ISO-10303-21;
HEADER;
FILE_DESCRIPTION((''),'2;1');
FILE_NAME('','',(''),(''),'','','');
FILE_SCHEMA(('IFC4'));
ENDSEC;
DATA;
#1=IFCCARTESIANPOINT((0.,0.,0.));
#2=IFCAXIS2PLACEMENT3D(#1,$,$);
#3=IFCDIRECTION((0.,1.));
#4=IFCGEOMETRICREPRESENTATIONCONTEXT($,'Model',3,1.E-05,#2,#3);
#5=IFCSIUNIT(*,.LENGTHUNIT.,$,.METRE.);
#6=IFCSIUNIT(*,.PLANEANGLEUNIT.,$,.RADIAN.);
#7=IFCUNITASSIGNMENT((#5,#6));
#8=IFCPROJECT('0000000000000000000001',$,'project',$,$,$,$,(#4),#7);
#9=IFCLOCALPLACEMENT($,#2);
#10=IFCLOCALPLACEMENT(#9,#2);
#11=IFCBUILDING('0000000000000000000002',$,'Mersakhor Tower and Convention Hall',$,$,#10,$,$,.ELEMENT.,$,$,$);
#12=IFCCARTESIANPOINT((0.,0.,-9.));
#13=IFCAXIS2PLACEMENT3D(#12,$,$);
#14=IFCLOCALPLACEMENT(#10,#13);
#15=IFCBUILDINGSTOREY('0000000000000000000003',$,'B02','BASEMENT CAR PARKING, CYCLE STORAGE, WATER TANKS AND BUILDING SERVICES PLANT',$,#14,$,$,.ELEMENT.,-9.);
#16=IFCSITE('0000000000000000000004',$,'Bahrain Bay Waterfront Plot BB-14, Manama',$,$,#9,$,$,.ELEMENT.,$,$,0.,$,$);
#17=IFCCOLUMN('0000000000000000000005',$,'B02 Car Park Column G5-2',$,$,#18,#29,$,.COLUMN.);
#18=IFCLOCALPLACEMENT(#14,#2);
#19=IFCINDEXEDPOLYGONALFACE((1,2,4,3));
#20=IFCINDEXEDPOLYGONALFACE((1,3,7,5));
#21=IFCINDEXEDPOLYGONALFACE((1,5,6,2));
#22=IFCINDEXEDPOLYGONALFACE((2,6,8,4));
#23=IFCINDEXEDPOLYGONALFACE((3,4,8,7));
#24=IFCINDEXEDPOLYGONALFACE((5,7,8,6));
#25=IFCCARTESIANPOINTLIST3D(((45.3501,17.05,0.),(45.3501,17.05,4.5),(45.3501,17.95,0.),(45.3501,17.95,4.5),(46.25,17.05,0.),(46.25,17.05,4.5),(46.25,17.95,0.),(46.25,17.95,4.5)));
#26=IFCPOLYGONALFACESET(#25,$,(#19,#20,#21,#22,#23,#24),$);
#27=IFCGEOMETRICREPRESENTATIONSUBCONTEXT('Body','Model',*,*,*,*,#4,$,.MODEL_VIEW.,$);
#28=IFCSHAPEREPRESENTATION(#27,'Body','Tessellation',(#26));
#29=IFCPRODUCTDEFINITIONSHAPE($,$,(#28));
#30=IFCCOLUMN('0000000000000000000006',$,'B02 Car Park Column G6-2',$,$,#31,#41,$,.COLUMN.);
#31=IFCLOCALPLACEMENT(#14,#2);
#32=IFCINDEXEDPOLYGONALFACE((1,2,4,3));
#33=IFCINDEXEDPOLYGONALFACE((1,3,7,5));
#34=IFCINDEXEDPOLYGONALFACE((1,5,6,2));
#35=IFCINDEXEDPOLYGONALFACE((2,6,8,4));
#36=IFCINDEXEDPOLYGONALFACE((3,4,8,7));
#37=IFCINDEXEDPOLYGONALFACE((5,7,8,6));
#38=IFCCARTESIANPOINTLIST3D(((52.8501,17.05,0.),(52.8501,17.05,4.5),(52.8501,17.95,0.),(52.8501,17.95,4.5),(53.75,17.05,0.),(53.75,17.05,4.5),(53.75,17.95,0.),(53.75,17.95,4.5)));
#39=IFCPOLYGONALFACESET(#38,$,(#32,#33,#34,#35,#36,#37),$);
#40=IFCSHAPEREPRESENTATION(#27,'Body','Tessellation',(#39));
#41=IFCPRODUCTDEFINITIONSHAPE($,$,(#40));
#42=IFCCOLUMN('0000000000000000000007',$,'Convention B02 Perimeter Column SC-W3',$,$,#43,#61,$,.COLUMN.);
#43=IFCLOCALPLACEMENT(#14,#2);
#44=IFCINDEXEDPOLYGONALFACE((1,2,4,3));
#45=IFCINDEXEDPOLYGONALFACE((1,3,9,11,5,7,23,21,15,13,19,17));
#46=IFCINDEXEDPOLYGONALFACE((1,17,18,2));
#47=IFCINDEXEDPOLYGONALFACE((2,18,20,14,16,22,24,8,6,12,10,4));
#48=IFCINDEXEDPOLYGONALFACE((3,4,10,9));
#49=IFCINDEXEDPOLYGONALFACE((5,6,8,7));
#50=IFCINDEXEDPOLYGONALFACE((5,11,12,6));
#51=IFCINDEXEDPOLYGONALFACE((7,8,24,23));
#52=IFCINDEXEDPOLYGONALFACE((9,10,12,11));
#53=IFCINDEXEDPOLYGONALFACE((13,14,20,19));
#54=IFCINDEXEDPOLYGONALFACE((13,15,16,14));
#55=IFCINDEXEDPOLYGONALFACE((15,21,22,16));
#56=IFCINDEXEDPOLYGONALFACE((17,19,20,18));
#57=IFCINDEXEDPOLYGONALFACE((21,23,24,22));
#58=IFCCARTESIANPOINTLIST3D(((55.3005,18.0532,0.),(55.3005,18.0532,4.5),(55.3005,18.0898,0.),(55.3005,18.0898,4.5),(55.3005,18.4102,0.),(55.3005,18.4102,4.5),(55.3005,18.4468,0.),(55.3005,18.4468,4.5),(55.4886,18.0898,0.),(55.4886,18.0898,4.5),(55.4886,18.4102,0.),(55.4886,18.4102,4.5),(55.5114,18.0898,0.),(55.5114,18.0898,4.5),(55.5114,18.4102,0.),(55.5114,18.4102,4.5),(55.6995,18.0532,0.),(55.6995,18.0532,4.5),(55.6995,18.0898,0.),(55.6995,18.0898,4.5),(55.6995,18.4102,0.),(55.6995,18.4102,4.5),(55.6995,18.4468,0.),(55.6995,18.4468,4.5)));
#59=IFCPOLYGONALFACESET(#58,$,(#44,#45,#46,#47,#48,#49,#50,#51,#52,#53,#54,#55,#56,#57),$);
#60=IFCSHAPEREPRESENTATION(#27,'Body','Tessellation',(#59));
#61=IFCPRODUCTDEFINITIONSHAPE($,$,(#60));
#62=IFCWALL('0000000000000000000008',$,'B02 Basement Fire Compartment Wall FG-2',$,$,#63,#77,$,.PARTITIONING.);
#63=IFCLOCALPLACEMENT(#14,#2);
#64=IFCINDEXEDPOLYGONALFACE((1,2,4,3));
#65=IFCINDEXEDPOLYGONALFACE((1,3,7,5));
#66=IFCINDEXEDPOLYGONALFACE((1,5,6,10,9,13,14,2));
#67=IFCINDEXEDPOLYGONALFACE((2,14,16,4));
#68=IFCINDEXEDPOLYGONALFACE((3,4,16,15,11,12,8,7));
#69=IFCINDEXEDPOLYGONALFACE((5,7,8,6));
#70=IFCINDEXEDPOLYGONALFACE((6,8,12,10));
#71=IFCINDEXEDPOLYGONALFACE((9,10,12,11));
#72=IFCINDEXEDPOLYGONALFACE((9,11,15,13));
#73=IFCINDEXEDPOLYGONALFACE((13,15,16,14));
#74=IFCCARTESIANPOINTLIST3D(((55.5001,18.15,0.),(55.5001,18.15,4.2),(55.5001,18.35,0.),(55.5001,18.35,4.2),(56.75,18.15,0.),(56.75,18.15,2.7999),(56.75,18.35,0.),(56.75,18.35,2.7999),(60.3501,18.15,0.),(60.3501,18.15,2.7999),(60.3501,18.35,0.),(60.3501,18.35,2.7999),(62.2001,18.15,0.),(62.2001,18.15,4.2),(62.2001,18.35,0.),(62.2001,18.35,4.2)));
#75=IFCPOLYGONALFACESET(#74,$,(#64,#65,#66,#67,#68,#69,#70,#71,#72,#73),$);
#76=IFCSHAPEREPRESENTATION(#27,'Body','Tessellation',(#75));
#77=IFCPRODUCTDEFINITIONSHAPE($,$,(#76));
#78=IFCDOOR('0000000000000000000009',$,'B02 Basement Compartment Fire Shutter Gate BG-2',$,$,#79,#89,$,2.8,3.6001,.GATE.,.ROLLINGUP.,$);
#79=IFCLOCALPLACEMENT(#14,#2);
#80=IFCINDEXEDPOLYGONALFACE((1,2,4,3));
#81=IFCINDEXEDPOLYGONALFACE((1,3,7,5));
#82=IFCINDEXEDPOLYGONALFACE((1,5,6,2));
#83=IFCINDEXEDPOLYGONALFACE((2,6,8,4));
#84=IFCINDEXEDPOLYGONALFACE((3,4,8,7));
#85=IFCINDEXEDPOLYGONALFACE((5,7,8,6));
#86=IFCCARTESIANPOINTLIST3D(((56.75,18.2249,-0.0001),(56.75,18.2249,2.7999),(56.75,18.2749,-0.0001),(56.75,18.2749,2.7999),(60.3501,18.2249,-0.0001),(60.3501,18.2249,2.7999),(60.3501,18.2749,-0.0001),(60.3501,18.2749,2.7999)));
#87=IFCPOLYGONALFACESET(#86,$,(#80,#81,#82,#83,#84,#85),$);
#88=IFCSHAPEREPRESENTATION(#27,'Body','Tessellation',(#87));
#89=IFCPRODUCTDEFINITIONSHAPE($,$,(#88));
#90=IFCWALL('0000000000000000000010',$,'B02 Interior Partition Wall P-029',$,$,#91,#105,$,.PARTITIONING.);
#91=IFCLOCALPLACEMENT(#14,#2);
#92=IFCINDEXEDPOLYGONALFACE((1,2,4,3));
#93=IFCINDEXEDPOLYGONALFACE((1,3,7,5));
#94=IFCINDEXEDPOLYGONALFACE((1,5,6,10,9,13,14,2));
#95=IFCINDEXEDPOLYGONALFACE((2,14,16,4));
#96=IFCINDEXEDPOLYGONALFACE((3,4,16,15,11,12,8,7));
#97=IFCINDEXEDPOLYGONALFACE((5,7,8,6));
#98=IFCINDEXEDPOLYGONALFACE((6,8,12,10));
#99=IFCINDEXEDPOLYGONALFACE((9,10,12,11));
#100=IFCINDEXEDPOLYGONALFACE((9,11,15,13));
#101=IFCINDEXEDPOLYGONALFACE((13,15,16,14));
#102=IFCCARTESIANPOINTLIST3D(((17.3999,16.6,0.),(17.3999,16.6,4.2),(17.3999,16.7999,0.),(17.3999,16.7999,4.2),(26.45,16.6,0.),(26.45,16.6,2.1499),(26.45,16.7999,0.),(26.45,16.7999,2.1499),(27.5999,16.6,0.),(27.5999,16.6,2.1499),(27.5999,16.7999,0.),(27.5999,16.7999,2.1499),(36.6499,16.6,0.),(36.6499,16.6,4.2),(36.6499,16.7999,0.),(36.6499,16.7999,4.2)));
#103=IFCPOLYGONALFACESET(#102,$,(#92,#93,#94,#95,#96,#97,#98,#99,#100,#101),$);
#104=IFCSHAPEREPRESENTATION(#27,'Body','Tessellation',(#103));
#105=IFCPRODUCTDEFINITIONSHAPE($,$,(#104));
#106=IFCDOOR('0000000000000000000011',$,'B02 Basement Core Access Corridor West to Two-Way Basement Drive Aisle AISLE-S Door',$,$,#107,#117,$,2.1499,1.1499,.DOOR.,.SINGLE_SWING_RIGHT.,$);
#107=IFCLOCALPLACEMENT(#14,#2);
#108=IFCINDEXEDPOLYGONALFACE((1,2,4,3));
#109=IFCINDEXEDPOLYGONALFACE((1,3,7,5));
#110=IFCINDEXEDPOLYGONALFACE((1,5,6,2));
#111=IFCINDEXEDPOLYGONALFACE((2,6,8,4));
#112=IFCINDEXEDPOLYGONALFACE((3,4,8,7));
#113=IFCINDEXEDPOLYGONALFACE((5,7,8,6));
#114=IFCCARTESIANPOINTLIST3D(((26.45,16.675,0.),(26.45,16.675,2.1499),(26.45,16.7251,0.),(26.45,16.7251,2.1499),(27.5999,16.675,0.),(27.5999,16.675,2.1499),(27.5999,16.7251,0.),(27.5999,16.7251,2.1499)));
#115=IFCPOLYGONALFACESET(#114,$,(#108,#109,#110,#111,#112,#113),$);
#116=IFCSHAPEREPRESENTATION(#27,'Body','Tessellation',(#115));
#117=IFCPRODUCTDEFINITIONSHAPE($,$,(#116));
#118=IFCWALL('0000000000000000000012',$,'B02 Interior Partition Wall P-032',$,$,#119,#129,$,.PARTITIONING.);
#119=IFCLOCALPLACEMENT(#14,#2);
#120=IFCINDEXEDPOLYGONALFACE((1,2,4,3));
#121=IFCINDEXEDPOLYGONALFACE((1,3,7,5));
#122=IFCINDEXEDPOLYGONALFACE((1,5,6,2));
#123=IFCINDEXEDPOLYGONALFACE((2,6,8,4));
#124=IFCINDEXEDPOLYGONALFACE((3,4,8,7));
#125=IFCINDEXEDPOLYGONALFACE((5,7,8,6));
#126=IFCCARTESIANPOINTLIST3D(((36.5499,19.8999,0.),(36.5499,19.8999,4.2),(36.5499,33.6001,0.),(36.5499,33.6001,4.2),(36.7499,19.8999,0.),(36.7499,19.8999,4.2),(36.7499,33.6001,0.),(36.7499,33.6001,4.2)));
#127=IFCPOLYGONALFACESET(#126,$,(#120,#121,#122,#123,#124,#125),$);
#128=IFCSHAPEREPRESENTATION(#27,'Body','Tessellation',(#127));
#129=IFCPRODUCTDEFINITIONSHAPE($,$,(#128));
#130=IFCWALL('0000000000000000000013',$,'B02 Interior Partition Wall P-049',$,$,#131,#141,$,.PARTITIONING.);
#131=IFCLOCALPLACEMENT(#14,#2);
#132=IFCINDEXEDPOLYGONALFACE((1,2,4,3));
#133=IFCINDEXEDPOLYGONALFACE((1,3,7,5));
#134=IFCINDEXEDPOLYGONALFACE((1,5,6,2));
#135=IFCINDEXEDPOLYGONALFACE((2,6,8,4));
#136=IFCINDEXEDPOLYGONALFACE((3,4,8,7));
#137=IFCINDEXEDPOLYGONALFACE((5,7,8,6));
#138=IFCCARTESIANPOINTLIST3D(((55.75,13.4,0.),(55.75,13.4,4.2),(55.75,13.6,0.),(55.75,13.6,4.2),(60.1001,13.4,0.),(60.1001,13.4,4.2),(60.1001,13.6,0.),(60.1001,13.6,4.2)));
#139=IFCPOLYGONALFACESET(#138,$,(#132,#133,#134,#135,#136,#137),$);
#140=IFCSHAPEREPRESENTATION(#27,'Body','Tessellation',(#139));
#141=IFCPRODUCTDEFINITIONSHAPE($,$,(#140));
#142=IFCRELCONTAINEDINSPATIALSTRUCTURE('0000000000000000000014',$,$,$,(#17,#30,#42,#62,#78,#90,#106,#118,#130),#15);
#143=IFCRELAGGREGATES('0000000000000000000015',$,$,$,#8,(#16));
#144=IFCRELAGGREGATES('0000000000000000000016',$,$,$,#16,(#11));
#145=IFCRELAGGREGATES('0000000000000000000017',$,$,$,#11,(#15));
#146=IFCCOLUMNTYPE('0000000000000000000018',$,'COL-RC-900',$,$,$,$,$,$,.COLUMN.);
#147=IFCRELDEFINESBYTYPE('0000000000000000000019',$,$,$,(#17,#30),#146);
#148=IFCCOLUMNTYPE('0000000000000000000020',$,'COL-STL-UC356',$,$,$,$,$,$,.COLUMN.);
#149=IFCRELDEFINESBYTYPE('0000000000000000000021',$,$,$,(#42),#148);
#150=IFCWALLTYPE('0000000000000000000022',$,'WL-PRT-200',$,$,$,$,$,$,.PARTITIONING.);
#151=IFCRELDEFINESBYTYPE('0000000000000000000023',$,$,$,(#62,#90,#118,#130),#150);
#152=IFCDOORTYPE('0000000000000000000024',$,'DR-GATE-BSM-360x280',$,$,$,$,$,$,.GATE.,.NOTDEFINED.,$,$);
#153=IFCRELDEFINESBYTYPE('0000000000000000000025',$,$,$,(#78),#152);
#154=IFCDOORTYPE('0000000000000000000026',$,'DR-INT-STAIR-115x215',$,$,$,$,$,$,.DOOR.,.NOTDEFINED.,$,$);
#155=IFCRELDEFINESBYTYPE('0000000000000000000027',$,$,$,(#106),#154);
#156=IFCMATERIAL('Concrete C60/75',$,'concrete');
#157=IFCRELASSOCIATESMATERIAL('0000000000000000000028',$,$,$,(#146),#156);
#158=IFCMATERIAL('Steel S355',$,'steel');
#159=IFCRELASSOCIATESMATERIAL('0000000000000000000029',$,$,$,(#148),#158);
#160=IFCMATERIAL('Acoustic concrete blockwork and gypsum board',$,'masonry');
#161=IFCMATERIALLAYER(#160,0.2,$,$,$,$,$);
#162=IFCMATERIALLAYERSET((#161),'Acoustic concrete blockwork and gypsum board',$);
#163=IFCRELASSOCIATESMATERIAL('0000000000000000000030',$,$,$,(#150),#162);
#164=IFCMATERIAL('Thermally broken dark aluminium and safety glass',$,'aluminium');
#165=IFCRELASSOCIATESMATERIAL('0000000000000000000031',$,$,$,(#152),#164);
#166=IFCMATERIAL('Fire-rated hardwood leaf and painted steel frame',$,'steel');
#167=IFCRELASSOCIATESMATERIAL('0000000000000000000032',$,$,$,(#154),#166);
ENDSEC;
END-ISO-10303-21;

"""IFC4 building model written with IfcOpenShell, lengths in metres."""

from ifc_helpers import new_model, si_unit, direction, frame, frame_2d, origin, origin_2d, place, context, subcontext, project, spatial, rectangle, i_section, extrude, material, layer, layer_set, material_profile, profile_set, type_object, element, fill, save


model = new_model("IFC4")

# Units and contexts
model_context = context("Model", 3, precision=1e-05, world=origin(), true_north=direction((0.0, 1.0)))
body_context = subcontext(model_context, "Body", "Model", "MODEL_VIEW")
ifc_project = project(units=[si_unit("LENGTHUNIT", "METRE"), si_unit("PLANEANGLEUNIT", "RADIAN")], contexts=[model_context])

# Site, building, storey
site_placement = place(None, origin())
site = spatial("IfcSite", under=ifc_project, at=site_placement, Name="Bahrain Bay Waterfront Plot BB-14, Manama", CompositionType="ELEMENT", RefElevation=0.0)
building_placement = place(site_placement, origin())
building = spatial("IfcBuilding", under=site, at=building_placement, Name="Mersakhor Tower and Convention Hall", CompositionType="ELEMENT")
storey_placement = place(building_placement, frame((0.0, 0.0, -9.0)))
storey = spatial("IfcBuildingStorey", under=building, at=storey_placement, Name="B02", Description="BASEMENT CAR PARKING, CYCLE STORAGE, WATER TANKS AND BUILDING SERVICES PLANT", CompositionType="ELEMENT", Elevation=-9.0)

# Columns
ifc_material_1 = material(Name="Concrete C60/75", Category="concrete")
ifc_material_profile_1 = material_profile(ifc_material_1, rectangle(XDim=0.8999, YDim=0.8999, at=origin_2d()), Name="RC 900x900")
ifc_profile_set_1 = profile_set([ifc_material_profile_1], Name="Concrete C60/75")
column_type_1 = type_object("IfcColumnType", Name="COL-RC-900", PredefinedType="COLUMN", material=ifc_profile_set_1)
for number, where, z_axis, x_axis, name in (
    (1, (45.8, 17.5, 0.0), (0.0, 0.0, 1.0), (1.0, 0.0, 0.0), "B02 Car Park Column G5-2"),
    (2, (53.3, 17.5, 0.0), (0.0, 0.0, 1.0), (1.0, 0.0, 0.0), "B02 Car Park Column G6-2"),
):
    element("IfcColumn", number, at=place(storey_placement, frame(where, z_axis=z_axis, x_axis=x_axis)), inside=storey, type_object=column_type_1, Name=name, PredefinedType="COLUMN", context=body_context, shape_type="SweptSolid", body=[
        extrude(rectangle(XDim=0.8999, YDim=0.8999, at=origin_2d()), origin(), (0.0, 0.0, 1.0), 4.5),
    ])
ifc_material_2 = material(Name="Steel S355", Category="steel")
ifc_material_profile_2 = material_profile(ifc_material_2, i_section(OverallWidth=0.3989, OverallDepth=0.3936, WebThickness=0.0227, FlangeThickness=0.0366, at=origin_2d()), Name="UC 356x406x287")
ifc_profile_set_2 = profile_set([ifc_material_profile_2], Name="Steel S355")
column_type_2 = type_object("IfcColumnType", Name="COL-STL-UC356", PredefinedType="COLUMN", material=ifc_profile_set_2)
column_1_placement = place(storey_placement, frame((55.5, 18.25, 0.0), z_axis=(0.0, 0.0, 1.0), x_axis=(1.0, 0.0, 0.0)))
element("IfcColumn", 3, at=column_1_placement, inside=storey, type_object=column_type_2, Name="Convention B02 Perimeter Column SC-W3", PredefinedType="COLUMN", context=body_context, shape_type="SweptSolid", body=[
    extrude(i_section(OverallWidth=0.3989, OverallDepth=0.3936, WebThickness=0.0227, FlangeThickness=0.0366, at=origin_2d()), origin(), (0.0, 0.0, 1.0), 4.5),
])

# Walls, openings, doors
ifc_material_3 = material(Name="Acoustic concrete blockwork and gypsum board", Category="masonry")
ifc_layer = layer(ifc_material_3, 0.2)
ifc_layer_set = layer_set([ifc_layer], Name="Acoustic concrete blockwork and gypsum board")
wall_type = type_object("IfcWallType", Name="WL-PRT-200", PredefinedType="PARTITIONING", material=ifc_layer_set)
wall_1_placement = place(storey_placement, frame((55.5, 18.25, 0.0), z_axis=(0.0, 0.0, 1.0), x_axis=(1.0, 0.0, 0.0)))
wall_1 = element("IfcWall", 4, at=wall_1_placement, inside=storey, type_object=wall_type, Name="B02 Basement Fire Compartment Wall FG-2", PredefinedType="PARTITIONING", context=body_context, shape_type="SweptSolid", body=[
    extrude(rectangle(XDim=6.7, YDim=0.2, at=frame_2d((3.3501, 0.0))), origin(), (0.0, 0.0, 1.0), 4.2),
])
opening_1_placement = place(wall_1_placement, frame((1.25, 0.0, 0.0)))
opening_1 = element("IfcOpeningElement", 5, at=opening_1_placement, cuts=wall_1, PredefinedType="OPENING", context=body_context, shape_type="SweptSolid", body=[
    extrude(rectangle(XDim=3.6001, YDim=2.8, at=frame_2d((1.8, 1.3999))), frame((0.0, 0.1099, 0.0), z_axis=(0.0, -1.0, 0.0), x_axis=(1.0, 0.0, 0.0)), (0.0, 0.0, 1.0), 0.22),
])
ifc_material_4 = material(Name="Thermally broken dark aluminium and safety glass", Category="aluminium")
door_type_1 = type_object("IfcDoorType", Name="DR-GATE-BSM-360x280", OperationType="NOTDEFINED", PredefinedType="GATE", material=ifc_material_4)
door_1_placement = place(opening_1_placement, origin())
door_1 = element("IfcDoor", 6, at=door_1_placement, inside=storey, type_object=door_type_1, Name="B02 Basement Compartment Fire Shutter Gate BG-2", OperationType="ROLLINGUP", OverallHeight=2.8, OverallWidth=3.6001, PredefinedType="GATE", context=body_context, shape_type="SweptSolid", body=[
    extrude(rectangle(XDim=3.6001, YDim=2.8, at=frame_2d((1.8, 1.3999))), frame((0.0, 0.0249, 0.0), z_axis=(0.0, -1.0, 0.0), x_axis=(1.0, 0.0, 0.0)), (0.0, 0.0, 1.0), 0.05),
])
fill(opening_1, door_1)
wall_2_placement = place(storey_placement, frame((36.6499, 16.7, 0.0), z_axis=(0.0, 0.0, 1.0), x_axis=(-1.0, 0.0, 0.0)))
wall_2 = element("IfcWall", 7, at=wall_2_placement, inside=storey, type_object=wall_type, Name="B02 Interior Partition Wall P-029", PredefinedType="PARTITIONING", context=body_context, shape_type="SweptSolid", body=[
    extrude(rectangle(XDim=19.25, YDim=0.2, at=frame_2d((9.625, 0.0))), origin(), (0.0, 0.0, 1.0), 4.2),
])
opening_2_placement = place(wall_2_placement, frame((9.05, 0.0, 0.0)))
opening_2 = element("IfcOpeningElement", 8, at=opening_2_placement, cuts=wall_2, PredefinedType="OPENING", context=body_context, shape_type="SweptSolid", body=[
    extrude(rectangle(XDim=1.1499, YDim=2.1499, at=frame_2d((0.575, 1.075))), frame((0.0, 0.1099, 0.0), z_axis=(0.0, -1.0, 0.0), x_axis=(1.0, 0.0, 0.0)), (0.0, 0.0, 1.0), 0.22),
])
ifc_material_5 = material(Name="Fire-rated hardwood leaf and painted steel frame", Category="steel")
door_type_2 = type_object("IfcDoorType", Name="DR-INT-STAIR-115x215", OperationType="NOTDEFINED", PredefinedType="DOOR", material=ifc_material_5)
door_2_placement = place(opening_2_placement, origin())
door_2 = element("IfcDoor", 9, at=door_2_placement, inside=storey, type_object=door_type_2, Name="B02 Basement Core Access Corridor West to Two-Way Basement Drive Aisle AISLE-S Door", OperationType="SINGLE_SWING_RIGHT", OverallHeight=2.1499, OverallWidth=1.1499, PredefinedType="DOOR", context=body_context, shape_type="SweptSolid", body=[
    extrude(rectangle(XDim=1.1499, YDim=2.1499, at=frame_2d((0.575, 1.075))), frame((0.0, 0.0249, 0.0), z_axis=(0.0, -1.0, 0.0), x_axis=(1.0, 0.0, 0.0)), (0.0, 0.0, 1.0), 0.05),
])
fill(opening_2, door_2)

# Walls
wall_3_placement = place(storey_placement, frame((36.6499, 19.8999, 0.0), z_axis=(0.0, 0.0, 1.0), x_axis=(0.0, 1.0, 0.0)))
element("IfcWall", 10, at=wall_3_placement, inside=storey, type_object=wall_type, Name="B02 Interior Partition Wall P-032", PredefinedType="PARTITIONING", context=body_context, shape_type="SweptSolid", body=[
    extrude(rectangle(XDim=13.7002, YDim=0.2, at=frame_2d((6.8501, 0.0))), origin(), (0.0, 0.0, 1.0), 4.2),
])
wall_4_placement = place(storey_placement, frame((55.75, 13.5, 0.0), z_axis=(0.0, 0.0, 1.0), x_axis=(1.0, 0.0, 0.0)))
element("IfcWall", 11, at=wall_4_placement, inside=storey, type_object=wall_type, Name="B02 Interior Partition Wall P-049", PredefinedType="PARTITIONING", context=body_context, shape_type="SweptSolid", body=[
    extrude(rectangle(XDim=4.3501, YDim=0.2, at=frame_2d((2.175, 0.0))), origin(), (0.0, 0.0, 1.0), 4.2),
])

save(model, "model.ifc")
